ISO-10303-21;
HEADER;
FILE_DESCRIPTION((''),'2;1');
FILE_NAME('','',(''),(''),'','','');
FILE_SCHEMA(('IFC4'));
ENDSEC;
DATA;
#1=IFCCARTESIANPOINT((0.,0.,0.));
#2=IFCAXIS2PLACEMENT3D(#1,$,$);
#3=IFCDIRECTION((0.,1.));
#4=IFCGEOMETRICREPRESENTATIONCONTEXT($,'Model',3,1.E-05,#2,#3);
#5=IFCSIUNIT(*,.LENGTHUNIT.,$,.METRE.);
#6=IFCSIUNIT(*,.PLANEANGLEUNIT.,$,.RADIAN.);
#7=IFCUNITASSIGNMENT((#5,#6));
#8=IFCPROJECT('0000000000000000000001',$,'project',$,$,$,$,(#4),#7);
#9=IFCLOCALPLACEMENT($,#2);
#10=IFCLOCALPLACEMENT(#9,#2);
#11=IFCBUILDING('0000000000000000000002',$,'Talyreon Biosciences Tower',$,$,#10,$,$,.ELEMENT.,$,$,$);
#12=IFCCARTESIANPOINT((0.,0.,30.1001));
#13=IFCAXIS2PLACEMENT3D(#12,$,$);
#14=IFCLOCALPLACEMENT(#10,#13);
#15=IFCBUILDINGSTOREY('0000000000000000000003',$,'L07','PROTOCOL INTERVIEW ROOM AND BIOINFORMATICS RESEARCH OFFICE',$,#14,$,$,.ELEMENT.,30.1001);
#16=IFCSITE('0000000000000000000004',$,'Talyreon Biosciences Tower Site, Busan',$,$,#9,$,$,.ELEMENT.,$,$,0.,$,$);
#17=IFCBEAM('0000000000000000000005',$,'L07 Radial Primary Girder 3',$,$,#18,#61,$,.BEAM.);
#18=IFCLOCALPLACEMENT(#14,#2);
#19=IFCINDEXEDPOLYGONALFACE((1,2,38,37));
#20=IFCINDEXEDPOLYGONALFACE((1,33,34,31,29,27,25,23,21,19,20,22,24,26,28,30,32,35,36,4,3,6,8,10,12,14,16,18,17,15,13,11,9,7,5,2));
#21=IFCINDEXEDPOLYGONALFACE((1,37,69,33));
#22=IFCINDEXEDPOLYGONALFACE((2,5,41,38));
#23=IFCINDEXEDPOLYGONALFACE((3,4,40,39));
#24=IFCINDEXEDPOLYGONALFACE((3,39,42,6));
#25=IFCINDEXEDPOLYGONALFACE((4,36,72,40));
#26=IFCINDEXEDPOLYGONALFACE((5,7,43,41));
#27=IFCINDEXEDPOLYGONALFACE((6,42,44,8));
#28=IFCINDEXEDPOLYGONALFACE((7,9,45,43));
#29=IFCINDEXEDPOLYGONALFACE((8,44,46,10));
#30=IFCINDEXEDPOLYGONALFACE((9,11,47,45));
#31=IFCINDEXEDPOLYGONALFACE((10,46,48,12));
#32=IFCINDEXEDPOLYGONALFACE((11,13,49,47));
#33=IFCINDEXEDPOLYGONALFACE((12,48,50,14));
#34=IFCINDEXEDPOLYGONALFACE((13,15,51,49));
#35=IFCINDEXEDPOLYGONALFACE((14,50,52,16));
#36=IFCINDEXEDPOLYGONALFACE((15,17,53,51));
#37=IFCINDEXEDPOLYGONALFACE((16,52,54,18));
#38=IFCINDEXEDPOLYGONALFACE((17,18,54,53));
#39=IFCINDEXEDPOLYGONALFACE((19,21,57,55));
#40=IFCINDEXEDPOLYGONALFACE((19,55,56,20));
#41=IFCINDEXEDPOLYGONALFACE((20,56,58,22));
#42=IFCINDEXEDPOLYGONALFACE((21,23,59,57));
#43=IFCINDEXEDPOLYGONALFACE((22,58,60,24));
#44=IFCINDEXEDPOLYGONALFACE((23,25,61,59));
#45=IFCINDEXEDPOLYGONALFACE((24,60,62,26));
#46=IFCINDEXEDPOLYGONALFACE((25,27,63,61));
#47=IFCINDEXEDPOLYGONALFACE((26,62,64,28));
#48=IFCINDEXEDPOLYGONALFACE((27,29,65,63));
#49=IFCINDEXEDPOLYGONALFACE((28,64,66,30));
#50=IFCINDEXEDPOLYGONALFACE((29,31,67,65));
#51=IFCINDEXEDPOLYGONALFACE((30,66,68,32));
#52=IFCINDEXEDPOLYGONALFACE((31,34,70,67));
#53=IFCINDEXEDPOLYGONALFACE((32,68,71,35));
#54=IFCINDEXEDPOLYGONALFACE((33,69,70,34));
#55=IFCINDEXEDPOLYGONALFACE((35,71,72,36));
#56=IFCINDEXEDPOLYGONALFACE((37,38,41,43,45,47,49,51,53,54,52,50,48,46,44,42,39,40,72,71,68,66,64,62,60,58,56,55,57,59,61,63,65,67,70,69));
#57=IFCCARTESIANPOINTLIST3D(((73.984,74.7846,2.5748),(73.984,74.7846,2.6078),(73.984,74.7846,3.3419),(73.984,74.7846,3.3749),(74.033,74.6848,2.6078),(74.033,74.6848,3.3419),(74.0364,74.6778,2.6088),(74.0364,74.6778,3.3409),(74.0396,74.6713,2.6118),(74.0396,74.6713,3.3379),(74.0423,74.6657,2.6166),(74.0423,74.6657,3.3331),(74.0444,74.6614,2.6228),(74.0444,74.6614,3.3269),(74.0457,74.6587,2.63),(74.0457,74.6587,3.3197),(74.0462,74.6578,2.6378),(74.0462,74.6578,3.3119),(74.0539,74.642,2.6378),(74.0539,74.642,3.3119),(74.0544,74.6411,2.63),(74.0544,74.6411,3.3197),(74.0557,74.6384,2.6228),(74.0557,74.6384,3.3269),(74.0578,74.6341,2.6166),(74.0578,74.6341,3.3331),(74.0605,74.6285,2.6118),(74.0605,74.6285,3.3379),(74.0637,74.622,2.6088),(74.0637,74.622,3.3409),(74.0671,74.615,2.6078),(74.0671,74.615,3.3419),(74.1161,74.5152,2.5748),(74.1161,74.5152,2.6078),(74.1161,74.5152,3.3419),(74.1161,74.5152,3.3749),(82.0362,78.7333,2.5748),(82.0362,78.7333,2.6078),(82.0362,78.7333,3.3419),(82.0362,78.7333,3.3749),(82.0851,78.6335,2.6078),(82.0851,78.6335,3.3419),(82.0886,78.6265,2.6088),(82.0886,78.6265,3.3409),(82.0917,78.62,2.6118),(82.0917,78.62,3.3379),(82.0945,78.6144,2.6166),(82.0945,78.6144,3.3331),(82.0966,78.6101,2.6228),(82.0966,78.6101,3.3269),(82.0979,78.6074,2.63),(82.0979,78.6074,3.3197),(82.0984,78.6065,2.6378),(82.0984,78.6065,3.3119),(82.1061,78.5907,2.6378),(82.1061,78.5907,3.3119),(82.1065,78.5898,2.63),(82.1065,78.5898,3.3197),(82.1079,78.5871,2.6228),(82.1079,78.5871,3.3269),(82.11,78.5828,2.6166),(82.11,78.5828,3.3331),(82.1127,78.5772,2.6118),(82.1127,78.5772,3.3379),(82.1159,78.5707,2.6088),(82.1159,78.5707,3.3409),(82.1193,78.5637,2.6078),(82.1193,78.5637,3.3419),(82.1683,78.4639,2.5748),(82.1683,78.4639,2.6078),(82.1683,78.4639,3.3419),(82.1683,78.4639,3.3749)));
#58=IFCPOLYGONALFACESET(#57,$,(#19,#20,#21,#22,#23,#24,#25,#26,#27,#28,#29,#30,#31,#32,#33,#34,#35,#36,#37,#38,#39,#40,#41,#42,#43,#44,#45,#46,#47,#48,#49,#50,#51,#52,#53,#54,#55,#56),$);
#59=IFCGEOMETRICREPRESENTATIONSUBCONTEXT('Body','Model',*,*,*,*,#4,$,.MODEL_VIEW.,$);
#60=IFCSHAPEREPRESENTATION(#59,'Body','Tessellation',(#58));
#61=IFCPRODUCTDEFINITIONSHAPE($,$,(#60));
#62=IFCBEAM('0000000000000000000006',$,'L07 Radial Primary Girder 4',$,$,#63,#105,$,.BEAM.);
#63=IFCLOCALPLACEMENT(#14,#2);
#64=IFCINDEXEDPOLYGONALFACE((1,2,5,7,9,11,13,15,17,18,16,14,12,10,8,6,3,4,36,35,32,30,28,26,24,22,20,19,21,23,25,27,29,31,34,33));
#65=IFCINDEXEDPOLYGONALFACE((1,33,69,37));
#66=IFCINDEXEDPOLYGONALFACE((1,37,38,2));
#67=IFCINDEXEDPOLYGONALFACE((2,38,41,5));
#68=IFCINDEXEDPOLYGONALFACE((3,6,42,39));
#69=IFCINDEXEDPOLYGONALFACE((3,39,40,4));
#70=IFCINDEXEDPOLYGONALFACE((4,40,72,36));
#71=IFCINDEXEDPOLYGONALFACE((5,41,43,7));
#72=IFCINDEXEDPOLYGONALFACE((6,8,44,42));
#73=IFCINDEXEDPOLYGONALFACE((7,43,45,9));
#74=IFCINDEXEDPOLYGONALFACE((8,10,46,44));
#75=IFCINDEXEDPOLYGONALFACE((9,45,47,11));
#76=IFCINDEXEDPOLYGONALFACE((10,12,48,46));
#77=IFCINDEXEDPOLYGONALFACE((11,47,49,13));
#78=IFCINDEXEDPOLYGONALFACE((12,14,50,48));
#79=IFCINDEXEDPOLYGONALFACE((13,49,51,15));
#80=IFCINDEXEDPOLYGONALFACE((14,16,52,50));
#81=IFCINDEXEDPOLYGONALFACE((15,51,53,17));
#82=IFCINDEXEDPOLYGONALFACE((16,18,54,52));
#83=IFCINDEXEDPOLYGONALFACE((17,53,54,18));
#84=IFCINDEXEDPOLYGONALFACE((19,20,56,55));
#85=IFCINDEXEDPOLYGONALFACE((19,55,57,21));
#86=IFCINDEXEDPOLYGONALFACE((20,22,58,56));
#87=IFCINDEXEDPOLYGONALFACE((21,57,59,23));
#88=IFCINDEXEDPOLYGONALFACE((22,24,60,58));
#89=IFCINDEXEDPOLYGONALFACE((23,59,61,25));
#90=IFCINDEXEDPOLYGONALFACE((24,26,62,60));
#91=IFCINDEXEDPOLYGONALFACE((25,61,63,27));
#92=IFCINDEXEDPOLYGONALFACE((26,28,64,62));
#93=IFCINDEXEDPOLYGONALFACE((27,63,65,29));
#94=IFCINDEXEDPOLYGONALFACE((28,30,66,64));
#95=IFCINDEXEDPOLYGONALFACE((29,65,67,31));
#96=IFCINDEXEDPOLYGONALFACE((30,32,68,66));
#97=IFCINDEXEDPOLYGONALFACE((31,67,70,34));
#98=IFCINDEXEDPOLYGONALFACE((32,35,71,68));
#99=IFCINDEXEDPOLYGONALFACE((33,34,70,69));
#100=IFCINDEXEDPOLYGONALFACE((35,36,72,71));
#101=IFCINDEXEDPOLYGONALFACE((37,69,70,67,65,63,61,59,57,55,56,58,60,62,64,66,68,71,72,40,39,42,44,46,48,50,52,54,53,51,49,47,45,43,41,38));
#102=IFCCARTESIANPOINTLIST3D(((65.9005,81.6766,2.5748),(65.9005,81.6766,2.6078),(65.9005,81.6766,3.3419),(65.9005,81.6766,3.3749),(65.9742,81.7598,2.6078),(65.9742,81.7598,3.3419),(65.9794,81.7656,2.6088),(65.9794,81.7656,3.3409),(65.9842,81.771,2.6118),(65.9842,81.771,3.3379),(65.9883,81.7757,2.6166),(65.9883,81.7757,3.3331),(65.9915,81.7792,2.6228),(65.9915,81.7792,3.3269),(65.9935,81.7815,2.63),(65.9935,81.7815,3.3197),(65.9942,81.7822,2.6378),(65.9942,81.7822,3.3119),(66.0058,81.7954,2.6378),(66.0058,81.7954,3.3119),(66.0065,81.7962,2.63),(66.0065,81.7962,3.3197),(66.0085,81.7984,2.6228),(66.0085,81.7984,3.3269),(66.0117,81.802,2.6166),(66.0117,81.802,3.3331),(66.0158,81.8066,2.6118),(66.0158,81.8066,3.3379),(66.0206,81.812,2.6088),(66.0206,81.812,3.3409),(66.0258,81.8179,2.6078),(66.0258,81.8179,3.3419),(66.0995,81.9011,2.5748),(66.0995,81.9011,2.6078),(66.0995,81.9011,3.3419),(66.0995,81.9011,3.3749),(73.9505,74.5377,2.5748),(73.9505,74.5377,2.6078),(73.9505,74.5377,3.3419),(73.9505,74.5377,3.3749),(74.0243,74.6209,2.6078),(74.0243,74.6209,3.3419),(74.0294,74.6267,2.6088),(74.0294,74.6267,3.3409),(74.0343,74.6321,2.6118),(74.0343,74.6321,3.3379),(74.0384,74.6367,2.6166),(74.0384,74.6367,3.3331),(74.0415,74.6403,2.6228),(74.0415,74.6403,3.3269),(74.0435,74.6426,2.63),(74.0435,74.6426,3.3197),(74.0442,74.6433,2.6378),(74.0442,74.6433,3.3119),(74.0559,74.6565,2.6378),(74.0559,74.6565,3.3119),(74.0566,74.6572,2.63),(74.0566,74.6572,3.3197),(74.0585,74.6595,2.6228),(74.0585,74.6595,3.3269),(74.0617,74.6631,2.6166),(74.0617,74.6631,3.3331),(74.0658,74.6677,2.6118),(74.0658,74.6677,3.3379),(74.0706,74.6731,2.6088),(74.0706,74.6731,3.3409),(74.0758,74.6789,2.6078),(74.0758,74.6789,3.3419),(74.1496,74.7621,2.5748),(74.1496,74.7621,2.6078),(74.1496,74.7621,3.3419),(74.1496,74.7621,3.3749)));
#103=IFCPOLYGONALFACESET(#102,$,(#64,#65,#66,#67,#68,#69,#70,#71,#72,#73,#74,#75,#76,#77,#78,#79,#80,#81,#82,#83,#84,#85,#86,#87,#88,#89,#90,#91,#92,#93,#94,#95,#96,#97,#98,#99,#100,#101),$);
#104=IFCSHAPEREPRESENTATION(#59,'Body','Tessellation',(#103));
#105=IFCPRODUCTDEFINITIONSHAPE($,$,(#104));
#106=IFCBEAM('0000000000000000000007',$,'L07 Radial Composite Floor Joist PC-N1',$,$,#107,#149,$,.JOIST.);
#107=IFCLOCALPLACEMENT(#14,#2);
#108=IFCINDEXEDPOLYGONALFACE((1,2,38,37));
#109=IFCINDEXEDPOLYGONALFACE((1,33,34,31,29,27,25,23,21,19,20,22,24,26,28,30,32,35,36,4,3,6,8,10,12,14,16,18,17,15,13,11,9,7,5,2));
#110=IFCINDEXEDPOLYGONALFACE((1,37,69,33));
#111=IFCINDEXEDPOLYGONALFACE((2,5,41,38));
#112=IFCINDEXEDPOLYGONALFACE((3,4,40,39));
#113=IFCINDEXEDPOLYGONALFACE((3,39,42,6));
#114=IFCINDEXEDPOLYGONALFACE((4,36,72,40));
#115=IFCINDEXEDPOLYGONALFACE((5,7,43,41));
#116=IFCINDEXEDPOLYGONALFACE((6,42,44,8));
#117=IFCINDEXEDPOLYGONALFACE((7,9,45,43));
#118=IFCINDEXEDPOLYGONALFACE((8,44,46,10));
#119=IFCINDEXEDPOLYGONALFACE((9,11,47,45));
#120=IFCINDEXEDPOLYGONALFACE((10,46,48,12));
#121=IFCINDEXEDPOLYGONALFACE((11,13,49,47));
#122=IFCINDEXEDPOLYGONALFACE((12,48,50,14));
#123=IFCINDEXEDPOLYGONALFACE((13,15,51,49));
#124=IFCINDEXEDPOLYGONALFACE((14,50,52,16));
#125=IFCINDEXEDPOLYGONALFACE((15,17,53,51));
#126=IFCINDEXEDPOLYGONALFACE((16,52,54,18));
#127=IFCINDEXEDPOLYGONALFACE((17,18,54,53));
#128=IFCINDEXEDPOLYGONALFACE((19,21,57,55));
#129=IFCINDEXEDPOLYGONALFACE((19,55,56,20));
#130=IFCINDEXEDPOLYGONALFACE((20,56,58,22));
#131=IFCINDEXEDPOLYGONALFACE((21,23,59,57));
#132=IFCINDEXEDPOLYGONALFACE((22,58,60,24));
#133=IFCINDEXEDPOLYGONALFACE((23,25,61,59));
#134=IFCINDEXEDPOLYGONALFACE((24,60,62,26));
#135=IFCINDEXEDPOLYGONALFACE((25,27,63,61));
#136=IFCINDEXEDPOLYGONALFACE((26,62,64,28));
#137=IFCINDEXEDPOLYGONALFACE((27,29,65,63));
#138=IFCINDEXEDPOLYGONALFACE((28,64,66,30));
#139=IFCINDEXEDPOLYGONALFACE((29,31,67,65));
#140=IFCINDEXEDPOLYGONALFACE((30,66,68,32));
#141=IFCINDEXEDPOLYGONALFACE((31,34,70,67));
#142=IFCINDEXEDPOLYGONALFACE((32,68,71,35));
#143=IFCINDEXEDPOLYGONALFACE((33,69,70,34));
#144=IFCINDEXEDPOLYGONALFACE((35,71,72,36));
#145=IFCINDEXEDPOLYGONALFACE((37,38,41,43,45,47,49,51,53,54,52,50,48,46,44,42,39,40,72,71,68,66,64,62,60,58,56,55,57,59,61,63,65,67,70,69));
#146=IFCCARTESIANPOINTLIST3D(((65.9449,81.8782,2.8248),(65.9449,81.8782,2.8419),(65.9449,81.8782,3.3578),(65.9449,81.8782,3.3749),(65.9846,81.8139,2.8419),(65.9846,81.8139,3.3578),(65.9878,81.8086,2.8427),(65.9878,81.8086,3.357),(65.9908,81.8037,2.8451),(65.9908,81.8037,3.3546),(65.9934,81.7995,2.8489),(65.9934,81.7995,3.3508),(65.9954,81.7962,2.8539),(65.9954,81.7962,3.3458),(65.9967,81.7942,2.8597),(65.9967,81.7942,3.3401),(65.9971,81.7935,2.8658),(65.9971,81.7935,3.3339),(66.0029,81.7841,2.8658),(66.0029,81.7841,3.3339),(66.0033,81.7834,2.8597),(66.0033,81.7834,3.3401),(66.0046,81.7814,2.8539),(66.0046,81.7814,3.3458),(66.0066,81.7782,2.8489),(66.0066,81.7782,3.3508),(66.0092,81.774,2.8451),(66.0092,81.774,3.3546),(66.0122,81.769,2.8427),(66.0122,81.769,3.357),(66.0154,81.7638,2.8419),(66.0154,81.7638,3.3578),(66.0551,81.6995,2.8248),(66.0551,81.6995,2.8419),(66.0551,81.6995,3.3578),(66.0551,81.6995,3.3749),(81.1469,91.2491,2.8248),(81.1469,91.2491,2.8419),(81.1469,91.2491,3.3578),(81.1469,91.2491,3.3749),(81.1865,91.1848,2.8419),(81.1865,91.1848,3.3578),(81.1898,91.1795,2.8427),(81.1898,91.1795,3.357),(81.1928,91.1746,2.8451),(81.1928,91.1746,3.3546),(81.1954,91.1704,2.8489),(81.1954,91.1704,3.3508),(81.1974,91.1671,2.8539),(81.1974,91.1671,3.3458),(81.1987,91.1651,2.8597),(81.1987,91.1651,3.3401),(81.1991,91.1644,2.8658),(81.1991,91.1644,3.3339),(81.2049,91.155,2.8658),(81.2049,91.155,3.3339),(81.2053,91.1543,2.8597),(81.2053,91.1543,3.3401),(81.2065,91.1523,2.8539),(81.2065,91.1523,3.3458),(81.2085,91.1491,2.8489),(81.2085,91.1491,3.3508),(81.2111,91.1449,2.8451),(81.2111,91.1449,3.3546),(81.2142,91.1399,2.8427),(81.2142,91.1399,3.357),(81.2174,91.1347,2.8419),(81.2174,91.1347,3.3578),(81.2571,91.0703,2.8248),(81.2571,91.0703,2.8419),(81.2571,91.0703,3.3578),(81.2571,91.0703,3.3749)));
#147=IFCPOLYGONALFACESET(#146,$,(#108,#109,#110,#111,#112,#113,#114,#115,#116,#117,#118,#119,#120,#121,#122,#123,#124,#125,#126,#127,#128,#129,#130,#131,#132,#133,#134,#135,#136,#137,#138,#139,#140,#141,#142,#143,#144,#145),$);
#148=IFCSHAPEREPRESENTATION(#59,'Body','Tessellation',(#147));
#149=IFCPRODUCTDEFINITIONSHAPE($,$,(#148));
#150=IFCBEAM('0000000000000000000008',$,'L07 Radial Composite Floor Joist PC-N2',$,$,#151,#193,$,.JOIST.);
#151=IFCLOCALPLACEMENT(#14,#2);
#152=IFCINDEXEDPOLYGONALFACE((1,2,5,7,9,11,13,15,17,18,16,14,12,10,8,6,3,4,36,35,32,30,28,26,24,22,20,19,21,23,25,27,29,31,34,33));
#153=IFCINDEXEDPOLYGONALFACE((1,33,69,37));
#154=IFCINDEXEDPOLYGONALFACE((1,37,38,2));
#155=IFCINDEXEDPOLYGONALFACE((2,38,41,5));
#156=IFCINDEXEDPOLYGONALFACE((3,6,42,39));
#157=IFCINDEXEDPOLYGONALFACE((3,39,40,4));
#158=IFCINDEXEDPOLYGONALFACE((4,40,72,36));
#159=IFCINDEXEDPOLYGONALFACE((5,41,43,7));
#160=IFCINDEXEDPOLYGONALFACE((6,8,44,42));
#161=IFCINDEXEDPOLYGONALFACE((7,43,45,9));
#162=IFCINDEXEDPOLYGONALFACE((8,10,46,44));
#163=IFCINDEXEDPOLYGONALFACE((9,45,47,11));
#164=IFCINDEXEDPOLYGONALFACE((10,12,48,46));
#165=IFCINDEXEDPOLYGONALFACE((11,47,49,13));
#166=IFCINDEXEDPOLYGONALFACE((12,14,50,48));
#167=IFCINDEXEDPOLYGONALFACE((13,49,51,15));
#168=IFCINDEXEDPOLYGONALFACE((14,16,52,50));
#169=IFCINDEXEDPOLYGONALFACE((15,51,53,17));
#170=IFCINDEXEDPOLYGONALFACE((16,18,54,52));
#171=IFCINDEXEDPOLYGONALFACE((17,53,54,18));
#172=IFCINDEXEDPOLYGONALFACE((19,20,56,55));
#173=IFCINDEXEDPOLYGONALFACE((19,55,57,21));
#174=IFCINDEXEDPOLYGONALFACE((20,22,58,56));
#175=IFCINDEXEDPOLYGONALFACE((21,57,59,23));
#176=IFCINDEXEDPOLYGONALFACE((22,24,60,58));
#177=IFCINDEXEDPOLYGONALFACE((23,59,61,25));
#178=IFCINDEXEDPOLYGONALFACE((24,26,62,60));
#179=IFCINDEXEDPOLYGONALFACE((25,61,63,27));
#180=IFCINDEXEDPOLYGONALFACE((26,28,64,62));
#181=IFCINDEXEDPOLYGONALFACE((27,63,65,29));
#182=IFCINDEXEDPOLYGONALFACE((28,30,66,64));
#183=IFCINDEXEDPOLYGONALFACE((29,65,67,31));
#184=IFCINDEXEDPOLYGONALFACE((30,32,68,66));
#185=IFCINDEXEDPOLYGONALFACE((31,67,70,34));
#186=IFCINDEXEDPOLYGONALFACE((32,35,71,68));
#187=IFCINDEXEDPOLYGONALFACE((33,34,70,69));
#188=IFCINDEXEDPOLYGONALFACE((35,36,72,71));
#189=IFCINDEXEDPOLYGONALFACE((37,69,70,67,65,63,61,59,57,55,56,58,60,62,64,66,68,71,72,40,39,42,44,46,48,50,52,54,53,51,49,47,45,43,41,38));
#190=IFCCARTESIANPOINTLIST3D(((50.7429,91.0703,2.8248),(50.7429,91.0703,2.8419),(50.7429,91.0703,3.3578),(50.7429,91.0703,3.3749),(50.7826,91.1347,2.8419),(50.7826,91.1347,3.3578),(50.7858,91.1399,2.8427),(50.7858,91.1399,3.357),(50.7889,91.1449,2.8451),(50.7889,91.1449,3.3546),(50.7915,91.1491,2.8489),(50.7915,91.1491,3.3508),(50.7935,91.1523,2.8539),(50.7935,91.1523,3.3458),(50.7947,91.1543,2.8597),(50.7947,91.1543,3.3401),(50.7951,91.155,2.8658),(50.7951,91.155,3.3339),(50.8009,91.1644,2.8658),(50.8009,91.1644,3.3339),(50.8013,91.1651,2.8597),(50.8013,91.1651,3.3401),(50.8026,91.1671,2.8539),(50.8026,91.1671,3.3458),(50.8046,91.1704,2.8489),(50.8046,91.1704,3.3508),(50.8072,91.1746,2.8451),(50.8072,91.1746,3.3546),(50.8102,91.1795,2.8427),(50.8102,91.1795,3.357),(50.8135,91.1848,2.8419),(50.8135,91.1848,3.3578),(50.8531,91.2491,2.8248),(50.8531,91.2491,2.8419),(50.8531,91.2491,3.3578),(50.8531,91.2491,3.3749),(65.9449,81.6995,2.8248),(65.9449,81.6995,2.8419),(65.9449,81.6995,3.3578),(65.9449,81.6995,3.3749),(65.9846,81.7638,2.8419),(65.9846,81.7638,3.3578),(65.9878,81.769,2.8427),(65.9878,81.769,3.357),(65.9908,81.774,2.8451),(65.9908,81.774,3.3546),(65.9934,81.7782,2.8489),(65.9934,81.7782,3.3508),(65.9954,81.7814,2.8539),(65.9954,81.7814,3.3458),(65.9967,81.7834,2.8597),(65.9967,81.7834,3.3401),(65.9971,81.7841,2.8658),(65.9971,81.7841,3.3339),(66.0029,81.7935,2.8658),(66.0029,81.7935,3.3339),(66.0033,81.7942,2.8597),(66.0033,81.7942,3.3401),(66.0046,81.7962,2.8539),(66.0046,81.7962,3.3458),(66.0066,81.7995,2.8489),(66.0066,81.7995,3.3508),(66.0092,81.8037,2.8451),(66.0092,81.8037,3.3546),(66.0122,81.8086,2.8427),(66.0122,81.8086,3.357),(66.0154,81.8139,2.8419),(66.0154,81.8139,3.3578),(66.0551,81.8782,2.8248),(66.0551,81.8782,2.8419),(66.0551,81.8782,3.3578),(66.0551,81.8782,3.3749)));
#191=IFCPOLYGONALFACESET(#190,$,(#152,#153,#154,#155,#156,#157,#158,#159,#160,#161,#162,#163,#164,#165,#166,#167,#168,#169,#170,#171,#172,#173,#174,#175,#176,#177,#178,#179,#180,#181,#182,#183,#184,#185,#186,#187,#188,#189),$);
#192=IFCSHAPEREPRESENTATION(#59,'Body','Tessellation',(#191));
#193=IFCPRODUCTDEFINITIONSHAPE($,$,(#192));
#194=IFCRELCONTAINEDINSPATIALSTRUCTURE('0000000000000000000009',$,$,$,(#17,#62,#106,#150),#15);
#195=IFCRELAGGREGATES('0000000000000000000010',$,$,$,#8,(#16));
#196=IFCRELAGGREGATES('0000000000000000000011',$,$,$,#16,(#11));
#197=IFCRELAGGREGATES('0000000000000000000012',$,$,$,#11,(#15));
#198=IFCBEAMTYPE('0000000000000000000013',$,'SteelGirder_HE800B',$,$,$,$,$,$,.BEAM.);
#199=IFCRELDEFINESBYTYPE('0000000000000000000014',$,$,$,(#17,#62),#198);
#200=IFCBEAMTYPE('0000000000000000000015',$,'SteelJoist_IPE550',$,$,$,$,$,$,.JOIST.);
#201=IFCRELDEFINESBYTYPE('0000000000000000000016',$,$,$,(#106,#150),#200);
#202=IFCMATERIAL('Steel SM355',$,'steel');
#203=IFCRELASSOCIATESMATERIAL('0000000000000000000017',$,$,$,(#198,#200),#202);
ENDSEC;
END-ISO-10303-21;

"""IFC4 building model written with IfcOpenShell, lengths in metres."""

from ifc_helpers import new_model, si_unit, direction, frame, origin, origin_2d, place, context, subcontext, project, spatial, i_section, extrude, material, material_profile, profile_set, type_object, element, save


model = new_model("IFC4")

# Units and contexts
model_context = context("Model", 3, precision=1e-05, world=origin(), true_north=direction((0.0, 1.0)))
body_context = subcontext(model_context, "Body", "Model", "MODEL_VIEW")
ifc_project = project(units=[si_unit("LENGTHUNIT", "METRE"), si_unit("PLANEANGLEUNIT", "RADIAN")], contexts=[model_context])

# Site, building, storey
site_placement = place(None, origin())
site = spatial("IfcSite", under=ifc_project, at=site_placement, Name="Talyreon Biosciences Tower Site, Busan", CompositionType="ELEMENT", RefElevation=0.0)
building_placement = place(site_placement, origin())
building = spatial("IfcBuilding", under=site, at=building_placement, Name="Talyreon Biosciences Tower", CompositionType="ELEMENT")
storey_placement = place(building_placement, frame((0.0, 0.0, 30.1001)))
storey = spatial("IfcBuildingStorey", under=building, at=storey_placement, Name="L07", Description="PROTOCOL INTERVIEW ROOM AND BIOINFORMATICS RESEARCH OFFICE", CompositionType="ELEMENT", Elevation=30.1001)

# Beams
ifc_material_1 = material(Name="Steel SM355", Category="steel")
ifc_material_profile_1 = material_profile(ifc_material_1, i_section(OverallWidth=0.3, OverallDepth=0.8, WebThickness=0.0176, FlangeThickness=0.033, FilletRadius=0.03, at=origin_2d()), Name="HE800B")
ifc_profile_set_1 = profile_set([ifc_material_profile_1], Name="Steel SM355")
beam_type_1 = type_object("IfcBeamType", Name="SteelGirder_HE800B", PredefinedType="BEAM", material=ifc_profile_set_1)
beam_1_placement = place(storey_placement, frame((74.05, 74.6499, 2.9749), z_axis=(0.897852, 0.440297, 0.0), x_axis=(-0.440297, 0.897852, 0.0)))
element("IfcBeam", 1, at=beam_1_placement, inside=storey, type_object=beam_type_1, Name="L07 Radial Primary Girder 3", PredefinedType="BEAM", context=body_context, shape_type="SweptSolid", body=[
    extrude(i_section(OverallWidth=0.3, OverallDepth=0.8, WebThickness=0.0176, FlangeThickness=0.033, FilletRadius=0.03, at=origin_2d()), origin(), (0.0, 0.0, 1.0), 8.9683),
])
beam_2_placement = place(storey_placement, frame((74.05, 74.6499, 2.9749), z_axis=(-0.748179, 0.663497, 0.0), x_axis=(-0.663497, -0.748179, 0.0)))
element("IfcBeam", 2, at=beam_2_placement, inside=storey, type_object=beam_type_1, Name="L07 Radial Primary Girder 4", PredefinedType="BEAM", context=body_context, shape_type="SweptSolid", body=[
    extrude(i_section(OverallWidth=0.3, OverallDepth=0.8, WebThickness=0.0176, FlangeThickness=0.033, FilletRadius=0.03, at=origin_2d()), origin(), (0.0, 0.0, 1.0), 10.7595),
])
ifc_material_profile_2 = material_profile(ifc_material_1, i_section(OverallWidth=0.21, OverallDepth=0.55, WebThickness=0.011, FlangeThickness=0.0171, FilletRadius=0.0239, at=origin_2d()), Name="IPE550")
ifc_profile_set_2 = profile_set([ifc_material_profile_2], Name="Steel SM355")
beam_type_2 = type_object("IfcBeamType", Name="SteelJoist_IPE550", PredefinedType="JOIST", material=ifc_profile_set_2)
for number, where, z_axis, x_axis, name in (
    (3, (66.0, 81.7888, 3.0999), (0.851262, 0.52474, 0.0), (-0.52474, 0.851262, 0.0), "L07 Radial Composite Floor Joist PC-N1"),
    (4, (66.0, 81.7888, 3.0999), (-0.851262, 0.52474, 0.0), (-0.52474, -0.851262, 0.0), "L07 Radial Composite Floor Joist PC-N2"),
):
    element("IfcBeam", number, at=place(storey_placement, frame(where, z_axis=z_axis, x_axis=x_axis)), inside=storey, type_object=beam_type_2, Name=name, PredefinedType="JOIST", context=body_context, shape_type="SweptSolid", body=[
        extrude(i_section(OverallWidth=0.21, OverallDepth=0.55, WebThickness=0.011, FlangeThickness=0.0171, FilletRadius=0.0239, at=origin_2d()), origin(), (0.0, 0.0, 1.0), 17.8582),
    ])

save(model, "model.ifc")
